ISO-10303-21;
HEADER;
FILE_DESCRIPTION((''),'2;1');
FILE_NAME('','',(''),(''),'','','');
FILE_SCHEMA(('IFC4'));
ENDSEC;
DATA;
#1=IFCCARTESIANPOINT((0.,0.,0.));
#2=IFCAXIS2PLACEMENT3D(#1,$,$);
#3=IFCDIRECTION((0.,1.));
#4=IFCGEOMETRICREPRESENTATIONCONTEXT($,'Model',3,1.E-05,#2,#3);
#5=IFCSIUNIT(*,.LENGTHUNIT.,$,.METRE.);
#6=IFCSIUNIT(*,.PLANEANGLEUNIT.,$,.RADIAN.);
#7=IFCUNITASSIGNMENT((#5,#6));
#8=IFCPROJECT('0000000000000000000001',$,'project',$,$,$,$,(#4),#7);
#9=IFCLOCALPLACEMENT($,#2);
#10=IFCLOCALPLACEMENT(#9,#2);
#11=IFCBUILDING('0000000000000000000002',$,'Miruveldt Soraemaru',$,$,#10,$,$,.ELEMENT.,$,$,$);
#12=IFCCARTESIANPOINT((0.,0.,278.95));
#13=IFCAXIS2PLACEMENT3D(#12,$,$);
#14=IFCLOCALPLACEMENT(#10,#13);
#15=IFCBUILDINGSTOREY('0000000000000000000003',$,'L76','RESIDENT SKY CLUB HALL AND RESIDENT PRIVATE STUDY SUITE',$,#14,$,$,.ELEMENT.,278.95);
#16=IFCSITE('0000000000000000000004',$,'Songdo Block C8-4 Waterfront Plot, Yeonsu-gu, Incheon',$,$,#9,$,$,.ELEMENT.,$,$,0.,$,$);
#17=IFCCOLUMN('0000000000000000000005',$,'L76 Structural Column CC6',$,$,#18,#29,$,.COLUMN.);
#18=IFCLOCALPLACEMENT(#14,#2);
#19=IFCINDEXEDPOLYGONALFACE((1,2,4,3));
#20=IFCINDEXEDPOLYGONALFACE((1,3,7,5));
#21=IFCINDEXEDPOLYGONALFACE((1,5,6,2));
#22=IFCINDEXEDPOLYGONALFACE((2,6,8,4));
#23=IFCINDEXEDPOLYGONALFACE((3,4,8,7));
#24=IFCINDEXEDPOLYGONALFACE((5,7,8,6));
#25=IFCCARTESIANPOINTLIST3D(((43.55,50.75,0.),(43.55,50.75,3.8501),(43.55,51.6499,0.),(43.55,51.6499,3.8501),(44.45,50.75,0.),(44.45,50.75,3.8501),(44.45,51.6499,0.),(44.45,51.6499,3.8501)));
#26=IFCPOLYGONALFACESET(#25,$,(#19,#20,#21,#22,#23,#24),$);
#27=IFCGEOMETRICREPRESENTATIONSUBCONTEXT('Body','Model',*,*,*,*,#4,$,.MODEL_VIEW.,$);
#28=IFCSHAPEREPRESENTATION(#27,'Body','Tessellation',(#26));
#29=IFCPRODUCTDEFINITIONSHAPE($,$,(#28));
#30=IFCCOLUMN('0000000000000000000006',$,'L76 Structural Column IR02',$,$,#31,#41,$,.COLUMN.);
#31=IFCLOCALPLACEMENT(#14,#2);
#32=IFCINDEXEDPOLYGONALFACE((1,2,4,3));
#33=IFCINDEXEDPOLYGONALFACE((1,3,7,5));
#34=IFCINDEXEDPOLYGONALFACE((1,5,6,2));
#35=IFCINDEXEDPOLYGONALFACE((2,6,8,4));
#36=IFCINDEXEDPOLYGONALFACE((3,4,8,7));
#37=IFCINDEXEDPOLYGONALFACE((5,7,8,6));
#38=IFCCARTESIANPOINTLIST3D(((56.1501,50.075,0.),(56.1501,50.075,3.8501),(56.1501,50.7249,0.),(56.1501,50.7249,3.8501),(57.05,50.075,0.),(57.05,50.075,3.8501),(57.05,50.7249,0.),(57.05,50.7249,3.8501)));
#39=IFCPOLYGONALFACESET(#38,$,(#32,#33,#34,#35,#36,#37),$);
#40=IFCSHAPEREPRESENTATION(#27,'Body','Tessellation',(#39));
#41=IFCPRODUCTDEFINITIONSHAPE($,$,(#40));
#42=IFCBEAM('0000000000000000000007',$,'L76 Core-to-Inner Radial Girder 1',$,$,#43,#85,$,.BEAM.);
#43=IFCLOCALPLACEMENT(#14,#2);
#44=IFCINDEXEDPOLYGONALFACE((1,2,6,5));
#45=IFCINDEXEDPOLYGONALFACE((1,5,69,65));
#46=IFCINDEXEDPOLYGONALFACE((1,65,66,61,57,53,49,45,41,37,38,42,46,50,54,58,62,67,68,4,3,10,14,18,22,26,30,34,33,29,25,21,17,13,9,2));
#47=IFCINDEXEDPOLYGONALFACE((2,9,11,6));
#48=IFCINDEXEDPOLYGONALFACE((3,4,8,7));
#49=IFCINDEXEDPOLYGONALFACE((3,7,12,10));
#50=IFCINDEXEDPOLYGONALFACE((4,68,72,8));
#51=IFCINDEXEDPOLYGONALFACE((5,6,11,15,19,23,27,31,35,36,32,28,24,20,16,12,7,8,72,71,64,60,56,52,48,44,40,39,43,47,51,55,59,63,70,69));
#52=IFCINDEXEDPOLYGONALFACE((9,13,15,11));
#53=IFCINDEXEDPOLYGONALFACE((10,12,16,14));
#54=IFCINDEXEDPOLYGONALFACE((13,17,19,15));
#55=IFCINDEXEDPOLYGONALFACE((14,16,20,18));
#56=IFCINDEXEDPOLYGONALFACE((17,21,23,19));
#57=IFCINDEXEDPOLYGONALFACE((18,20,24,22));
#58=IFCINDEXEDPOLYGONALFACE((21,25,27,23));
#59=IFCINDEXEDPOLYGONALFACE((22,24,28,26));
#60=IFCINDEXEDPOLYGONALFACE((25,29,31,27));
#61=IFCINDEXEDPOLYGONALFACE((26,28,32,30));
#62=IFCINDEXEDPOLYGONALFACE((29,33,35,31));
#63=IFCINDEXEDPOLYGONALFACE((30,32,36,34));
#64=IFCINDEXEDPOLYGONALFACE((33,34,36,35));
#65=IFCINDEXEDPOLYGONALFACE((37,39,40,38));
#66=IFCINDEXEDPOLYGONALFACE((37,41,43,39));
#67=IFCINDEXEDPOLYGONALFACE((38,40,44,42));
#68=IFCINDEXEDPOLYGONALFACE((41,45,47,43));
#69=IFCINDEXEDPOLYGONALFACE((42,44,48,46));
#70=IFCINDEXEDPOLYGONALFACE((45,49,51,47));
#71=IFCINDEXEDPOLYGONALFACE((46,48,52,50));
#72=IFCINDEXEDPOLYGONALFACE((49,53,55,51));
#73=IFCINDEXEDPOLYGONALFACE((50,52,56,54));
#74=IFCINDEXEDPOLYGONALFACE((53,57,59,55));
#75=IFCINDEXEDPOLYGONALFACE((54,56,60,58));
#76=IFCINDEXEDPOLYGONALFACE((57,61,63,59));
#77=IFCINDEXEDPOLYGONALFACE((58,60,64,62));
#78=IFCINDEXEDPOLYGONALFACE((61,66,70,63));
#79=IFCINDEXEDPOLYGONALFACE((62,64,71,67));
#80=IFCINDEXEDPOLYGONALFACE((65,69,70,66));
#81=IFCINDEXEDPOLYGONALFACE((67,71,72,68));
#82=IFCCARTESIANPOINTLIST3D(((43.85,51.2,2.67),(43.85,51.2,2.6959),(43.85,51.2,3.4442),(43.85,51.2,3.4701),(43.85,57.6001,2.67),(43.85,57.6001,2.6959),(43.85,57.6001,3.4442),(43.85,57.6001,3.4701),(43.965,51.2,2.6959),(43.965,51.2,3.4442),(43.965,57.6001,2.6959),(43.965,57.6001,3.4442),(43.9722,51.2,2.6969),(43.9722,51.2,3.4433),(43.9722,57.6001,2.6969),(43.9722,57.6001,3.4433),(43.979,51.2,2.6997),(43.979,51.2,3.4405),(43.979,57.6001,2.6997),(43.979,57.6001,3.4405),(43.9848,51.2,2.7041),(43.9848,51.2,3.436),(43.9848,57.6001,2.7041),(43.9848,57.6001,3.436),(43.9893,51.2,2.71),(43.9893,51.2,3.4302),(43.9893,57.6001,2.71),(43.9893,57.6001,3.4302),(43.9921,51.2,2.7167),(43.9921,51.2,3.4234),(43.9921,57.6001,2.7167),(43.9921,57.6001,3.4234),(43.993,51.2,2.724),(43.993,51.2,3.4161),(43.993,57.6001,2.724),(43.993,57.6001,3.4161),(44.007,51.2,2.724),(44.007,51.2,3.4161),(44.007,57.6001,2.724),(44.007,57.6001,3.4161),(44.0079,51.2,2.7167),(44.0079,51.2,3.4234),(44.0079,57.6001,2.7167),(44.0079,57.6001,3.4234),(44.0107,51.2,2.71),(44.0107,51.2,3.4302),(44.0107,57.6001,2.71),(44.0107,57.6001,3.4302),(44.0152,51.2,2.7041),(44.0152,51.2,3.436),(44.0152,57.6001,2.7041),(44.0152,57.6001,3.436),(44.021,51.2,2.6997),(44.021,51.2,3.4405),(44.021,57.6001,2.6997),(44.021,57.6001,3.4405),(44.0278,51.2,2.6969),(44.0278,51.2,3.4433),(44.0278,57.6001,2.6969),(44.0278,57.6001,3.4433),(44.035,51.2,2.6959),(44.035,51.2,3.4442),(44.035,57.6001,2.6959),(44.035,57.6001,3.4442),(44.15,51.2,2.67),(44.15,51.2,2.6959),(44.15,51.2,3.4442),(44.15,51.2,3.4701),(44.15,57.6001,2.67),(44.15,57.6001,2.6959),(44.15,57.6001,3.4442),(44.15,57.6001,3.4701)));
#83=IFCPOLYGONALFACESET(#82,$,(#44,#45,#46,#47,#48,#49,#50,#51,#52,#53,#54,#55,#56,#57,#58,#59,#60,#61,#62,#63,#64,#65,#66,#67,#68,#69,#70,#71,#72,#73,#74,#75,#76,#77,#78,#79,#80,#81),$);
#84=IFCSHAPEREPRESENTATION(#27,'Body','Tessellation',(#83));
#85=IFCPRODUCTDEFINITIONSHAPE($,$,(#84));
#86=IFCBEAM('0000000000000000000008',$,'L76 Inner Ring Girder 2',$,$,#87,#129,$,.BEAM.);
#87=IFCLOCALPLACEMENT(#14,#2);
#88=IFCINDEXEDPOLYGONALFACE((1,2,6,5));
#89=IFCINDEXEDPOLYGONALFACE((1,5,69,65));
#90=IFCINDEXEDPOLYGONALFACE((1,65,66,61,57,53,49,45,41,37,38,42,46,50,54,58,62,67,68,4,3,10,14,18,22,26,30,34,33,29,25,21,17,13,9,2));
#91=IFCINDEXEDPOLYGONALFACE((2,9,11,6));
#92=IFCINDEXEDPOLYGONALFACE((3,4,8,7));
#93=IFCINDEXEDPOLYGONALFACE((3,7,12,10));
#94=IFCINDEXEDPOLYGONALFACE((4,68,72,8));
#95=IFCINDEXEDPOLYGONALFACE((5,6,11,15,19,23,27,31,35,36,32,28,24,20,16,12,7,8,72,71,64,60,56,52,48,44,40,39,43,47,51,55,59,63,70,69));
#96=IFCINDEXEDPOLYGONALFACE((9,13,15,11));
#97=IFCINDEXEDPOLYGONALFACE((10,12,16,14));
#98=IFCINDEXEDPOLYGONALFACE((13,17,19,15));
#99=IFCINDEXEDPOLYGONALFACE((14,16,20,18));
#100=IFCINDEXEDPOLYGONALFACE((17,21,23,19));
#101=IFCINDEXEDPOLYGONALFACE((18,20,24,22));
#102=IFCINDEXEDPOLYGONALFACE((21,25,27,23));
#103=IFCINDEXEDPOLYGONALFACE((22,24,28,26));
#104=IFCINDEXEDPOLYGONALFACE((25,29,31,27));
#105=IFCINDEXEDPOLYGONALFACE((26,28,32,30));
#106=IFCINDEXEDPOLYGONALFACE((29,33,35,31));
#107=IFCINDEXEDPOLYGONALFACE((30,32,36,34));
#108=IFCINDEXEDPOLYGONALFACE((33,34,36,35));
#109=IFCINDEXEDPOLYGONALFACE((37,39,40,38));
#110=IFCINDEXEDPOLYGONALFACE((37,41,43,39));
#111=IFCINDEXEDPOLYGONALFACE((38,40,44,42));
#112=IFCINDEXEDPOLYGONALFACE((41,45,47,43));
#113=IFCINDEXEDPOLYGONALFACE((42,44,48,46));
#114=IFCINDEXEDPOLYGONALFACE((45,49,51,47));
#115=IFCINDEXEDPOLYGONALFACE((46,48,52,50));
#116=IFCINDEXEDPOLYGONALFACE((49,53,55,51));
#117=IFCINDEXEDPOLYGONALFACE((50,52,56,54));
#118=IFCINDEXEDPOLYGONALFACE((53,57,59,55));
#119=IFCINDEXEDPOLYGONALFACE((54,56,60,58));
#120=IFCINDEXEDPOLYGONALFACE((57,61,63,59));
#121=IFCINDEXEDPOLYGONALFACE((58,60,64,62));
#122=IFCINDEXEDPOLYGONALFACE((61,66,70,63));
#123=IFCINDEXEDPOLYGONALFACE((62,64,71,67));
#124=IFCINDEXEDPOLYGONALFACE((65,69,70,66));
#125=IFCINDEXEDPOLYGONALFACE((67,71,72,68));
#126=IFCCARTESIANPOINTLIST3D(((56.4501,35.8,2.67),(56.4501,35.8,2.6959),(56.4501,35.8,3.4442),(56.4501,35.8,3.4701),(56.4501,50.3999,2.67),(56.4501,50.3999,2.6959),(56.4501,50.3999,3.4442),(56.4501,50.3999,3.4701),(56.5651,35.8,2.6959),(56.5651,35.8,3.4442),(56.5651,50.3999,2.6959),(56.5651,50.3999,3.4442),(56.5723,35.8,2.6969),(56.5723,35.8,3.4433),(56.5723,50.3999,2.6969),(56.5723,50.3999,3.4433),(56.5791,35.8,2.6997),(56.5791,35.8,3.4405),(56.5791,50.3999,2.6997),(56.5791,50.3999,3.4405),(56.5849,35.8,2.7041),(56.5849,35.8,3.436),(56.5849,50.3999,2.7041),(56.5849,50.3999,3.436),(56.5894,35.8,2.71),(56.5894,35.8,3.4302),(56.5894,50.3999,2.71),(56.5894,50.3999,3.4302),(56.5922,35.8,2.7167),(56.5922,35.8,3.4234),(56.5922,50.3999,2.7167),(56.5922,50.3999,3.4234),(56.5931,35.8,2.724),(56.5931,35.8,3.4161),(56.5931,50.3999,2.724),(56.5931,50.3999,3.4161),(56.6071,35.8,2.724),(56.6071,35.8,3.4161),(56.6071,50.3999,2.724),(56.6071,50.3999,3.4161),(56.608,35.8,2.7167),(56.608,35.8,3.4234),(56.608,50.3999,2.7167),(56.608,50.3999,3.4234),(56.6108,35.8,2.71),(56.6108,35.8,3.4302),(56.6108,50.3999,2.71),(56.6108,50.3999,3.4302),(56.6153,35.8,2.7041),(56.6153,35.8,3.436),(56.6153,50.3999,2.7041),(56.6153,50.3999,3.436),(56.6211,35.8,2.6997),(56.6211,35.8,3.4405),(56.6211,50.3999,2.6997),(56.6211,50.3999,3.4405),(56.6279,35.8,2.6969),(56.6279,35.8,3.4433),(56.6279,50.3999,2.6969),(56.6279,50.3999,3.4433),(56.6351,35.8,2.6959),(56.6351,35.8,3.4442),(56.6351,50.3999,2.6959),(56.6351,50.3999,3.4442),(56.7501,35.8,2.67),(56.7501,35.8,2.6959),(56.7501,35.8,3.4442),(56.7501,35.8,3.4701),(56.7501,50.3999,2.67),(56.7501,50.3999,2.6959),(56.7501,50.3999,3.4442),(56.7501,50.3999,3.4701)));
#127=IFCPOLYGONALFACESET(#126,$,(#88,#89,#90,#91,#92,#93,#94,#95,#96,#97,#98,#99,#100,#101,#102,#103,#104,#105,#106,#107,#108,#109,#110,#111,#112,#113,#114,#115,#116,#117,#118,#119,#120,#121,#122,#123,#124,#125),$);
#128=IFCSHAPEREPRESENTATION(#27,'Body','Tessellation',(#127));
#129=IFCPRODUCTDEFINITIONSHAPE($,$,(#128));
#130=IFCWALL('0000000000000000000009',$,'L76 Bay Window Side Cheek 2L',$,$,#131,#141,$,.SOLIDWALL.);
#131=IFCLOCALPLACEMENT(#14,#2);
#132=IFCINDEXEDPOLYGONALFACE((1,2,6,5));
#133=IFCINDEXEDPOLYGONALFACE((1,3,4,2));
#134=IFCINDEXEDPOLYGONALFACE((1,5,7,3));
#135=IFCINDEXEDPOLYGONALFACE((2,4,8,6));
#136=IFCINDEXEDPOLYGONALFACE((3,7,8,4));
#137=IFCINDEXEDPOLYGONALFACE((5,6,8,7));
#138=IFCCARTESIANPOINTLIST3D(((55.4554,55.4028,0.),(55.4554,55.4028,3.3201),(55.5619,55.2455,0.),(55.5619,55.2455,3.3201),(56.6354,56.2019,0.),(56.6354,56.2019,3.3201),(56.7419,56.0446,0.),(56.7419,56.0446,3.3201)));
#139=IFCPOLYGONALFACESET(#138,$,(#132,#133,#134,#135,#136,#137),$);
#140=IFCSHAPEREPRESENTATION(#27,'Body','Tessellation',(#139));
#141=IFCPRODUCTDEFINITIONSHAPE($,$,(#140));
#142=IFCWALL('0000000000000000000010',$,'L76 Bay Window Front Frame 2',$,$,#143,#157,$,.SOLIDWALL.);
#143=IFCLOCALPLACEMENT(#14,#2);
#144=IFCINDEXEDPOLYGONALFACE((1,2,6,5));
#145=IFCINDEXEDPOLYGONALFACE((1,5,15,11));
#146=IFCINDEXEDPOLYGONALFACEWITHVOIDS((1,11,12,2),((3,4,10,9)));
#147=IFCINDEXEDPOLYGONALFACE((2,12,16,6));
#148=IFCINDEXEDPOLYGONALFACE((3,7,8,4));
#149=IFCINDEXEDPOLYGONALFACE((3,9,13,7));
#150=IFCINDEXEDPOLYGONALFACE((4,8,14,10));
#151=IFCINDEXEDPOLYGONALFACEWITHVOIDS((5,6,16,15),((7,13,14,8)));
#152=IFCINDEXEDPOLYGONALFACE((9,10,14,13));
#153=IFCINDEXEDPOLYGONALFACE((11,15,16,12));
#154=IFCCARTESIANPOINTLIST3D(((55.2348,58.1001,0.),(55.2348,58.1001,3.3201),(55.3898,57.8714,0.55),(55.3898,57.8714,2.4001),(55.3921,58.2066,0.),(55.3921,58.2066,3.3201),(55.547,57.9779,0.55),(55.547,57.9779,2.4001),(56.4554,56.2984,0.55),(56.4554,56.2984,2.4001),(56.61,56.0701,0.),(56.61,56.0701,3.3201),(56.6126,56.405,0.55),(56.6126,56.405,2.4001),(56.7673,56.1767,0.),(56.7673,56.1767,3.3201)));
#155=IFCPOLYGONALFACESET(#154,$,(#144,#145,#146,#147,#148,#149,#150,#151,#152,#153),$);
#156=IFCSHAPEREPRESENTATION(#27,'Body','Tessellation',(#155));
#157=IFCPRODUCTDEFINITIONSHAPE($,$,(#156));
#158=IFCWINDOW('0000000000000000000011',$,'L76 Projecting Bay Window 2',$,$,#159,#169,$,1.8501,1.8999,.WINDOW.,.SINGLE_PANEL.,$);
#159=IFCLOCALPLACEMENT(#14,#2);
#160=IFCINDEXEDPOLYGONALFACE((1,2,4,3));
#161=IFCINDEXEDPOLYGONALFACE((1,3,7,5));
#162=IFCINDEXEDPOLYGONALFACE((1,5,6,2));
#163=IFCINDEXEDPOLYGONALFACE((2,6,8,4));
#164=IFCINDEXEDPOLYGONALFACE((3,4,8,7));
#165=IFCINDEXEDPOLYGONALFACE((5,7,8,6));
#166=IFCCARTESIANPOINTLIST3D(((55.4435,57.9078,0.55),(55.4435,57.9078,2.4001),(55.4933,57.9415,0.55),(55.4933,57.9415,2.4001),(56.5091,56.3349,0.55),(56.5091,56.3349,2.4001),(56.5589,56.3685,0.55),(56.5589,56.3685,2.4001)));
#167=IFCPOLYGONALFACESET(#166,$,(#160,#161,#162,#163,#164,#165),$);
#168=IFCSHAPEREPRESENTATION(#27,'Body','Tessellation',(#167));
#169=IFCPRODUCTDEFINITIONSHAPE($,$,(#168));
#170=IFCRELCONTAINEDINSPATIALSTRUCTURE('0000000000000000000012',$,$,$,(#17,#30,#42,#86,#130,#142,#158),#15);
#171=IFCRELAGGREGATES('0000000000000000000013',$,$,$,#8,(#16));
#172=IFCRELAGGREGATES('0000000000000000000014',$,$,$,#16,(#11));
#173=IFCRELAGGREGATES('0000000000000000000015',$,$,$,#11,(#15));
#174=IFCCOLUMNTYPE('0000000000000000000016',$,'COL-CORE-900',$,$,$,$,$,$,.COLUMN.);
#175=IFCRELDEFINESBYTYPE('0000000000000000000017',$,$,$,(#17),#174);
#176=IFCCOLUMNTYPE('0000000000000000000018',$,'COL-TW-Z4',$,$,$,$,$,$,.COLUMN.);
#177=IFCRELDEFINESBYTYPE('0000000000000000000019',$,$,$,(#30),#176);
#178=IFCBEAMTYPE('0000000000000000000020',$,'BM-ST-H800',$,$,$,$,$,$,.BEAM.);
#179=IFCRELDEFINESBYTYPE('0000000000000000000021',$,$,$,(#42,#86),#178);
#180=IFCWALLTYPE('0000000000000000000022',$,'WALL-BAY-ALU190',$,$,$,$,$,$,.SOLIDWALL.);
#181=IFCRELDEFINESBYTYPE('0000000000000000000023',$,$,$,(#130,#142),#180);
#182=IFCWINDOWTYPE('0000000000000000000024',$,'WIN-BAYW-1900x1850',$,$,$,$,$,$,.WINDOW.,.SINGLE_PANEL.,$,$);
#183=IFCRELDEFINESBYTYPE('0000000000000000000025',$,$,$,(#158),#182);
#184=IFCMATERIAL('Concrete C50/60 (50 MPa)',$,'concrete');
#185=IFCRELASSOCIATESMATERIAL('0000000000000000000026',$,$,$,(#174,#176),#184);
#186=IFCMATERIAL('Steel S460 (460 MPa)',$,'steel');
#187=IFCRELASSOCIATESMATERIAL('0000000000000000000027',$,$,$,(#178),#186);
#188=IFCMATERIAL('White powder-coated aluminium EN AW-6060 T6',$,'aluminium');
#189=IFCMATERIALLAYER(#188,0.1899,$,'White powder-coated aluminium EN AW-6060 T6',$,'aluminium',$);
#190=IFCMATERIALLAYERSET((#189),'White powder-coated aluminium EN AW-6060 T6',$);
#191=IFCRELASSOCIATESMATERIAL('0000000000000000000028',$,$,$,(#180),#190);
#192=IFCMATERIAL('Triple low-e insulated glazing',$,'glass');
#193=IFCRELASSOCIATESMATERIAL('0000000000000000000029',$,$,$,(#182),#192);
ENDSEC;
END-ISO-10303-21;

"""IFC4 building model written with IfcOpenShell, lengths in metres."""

from ifc_helpers import new_model, si_unit, direction, frame, frame_2d, origin, origin_2d, place, context, subcontext, project, spatial, rectangle, i_section, extrude, material, layer, layer_set, material_profile, profile_set, type_object, element, fill, save


model = new_model("IFC4")

# Units and contexts
model_context = context("Model", 3, precision=1e-05, world=origin(), true_north=direction((0.0, 1.0)))
body_context = subcontext(model_context, "Body", "Model", "MODEL_VIEW")
ifc_project = project(units=[si_unit("LENGTHUNIT", "METRE"), si_unit("PLANEANGLEUNIT", "RADIAN")], contexts=[model_context])

# Site, building, storey
site_placement = place(None, origin())
site = spatial("IfcSite", under=ifc_project, at=site_placement, Name="Songdo Block C8-4 Waterfront Plot, Yeonsu-gu, Incheon", CompositionType="ELEMENT", RefElevation=0.0)
building_placement = place(site_placement, origin())
building = spatial("IfcBuilding", under=site, at=building_placement, Name="Miruveldt Soraemaru", CompositionType="ELEMENT")
storey_placement = place(building_placement, frame((0.0, 0.0, 278.95)))
storey = spatial("IfcBuildingStorey", under=building, at=storey_placement, Name="L76", Description="RESIDENT SKY CLUB HALL AND RESIDENT PRIVATE STUDY SUITE", CompositionType="ELEMENT", Elevation=278.95)

# Columns
ifc_material_1 = material(Name="Concrete C50/60 (50 MPa)", Category="concrete")
ifc_material_profile_1 = material_profile(ifc_material_1, rectangle(XDim=0.8999, YDim=0.8999, at=origin_2d()), Name="Concrete C50/60 (50 MPa)", Category="concrete")
ifc_profile_set_1 = profile_set([ifc_material_profile_1], Name="Concrete C50/60 (50 MPa)")
column_type_1 = type_object("IfcColumnType", Name="COL-CORE-900", PredefinedType="COLUMN", material=ifc_profile_set_1)
column_1_placement = place(storey_placement, frame((44.0, 51.2, 0.0), z_axis=(0.0, 0.0, 1.0), x_axis=(1.0, 0.0, 0.0)))
element("IfcColumn", 1, at=column_1_placement, inside=storey, type_object=column_type_1, Name="L76 Structural Column CC6", PredefinedType="COLUMN", context=body_context, shape_type="SweptSolid", body=[
    extrude(rectangle(XDim=0.8999, YDim=0.8999, at=origin_2d()), origin(), (0.0, 0.0, 1.0), 3.8501),
])
ifc_material_profile_2 = material_profile(ifc_material_1, rectangle(XDim=0.8999, YDim=0.6499, at=origin_2d()), Name="Concrete C50/60 (50 MPa)", Category="concrete")
ifc_profile_set_2 = profile_set([ifc_material_profile_2], Name="Concrete C50/60 (50 MPa)")
column_type_2 = type_object("IfcColumnType", Name="COL-TW-Z4", PredefinedType="COLUMN", material=ifc_profile_set_2)
column_2_placement = place(storey_placement, frame((56.6001, 50.3999, 0.0), z_axis=(0.0, 0.0, 1.0), x_axis=(1.0, 0.0, 0.0)))
element("IfcColumn", 2, at=column_2_placement, inside=storey, type_object=column_type_2, Name="L76 Structural Column IR02", PredefinedType="COLUMN", context=body_context, shape_type="SweptSolid", body=[
    extrude(rectangle(XDim=0.8999, YDim=0.6499, at=origin_2d()), origin(), (0.0, 0.0, 1.0), 3.8501),
])

# Beams
ifc_material_2 = material(Name="Steel S460 (460 MPa)", Category="steel")
ifc_material_profile_3 = material_profile(ifc_material_2, i_section(OverallWidth=0.3, OverallDepth=0.8, WebThickness=0.0139, FlangeThickness=0.0259, FilletRadius=0.0281, at=origin_2d()), Name="Steel S460 (460 MPa)", Category="steel")
ifc_profile_set_3 = profile_set([ifc_material_profile_3], Name="Steel S460 (460 MPa)")
beam_type = type_object("IfcBeamType", Name="BM-ST-H800", PredefinedType="BEAM", material=ifc_profile_set_3)
beam_1_placement = place(storey_placement, frame((44.0, 51.2, 3.0701), z_axis=(0.0, 1.0, 0.0), x_axis=(-1.0, 0.0, 0.0)))
element("IfcBeam", 3, at=beam_1_placement, inside=storey, type_object=beam_type, Name="L76 Core-to-Inner Radial Girder 1", PredefinedType="BEAM", context=body_context, shape_type="SweptSolid", body=[
    extrude(i_section(OverallWidth=0.3, OverallDepth=0.8, WebThickness=0.0139, FlangeThickness=0.0259, FilletRadius=0.0281, at=origin_2d()), origin(), (0.0, 0.0, 1.0), 6.4001),
])
beam_2_placement = place(storey_placement, frame((56.6001, 50.3999, 3.0701), z_axis=(0.0, -1.0, 0.0), x_axis=(1.0, 0.0, 0.0)))
element("IfcBeam", 4, at=beam_2_placement, inside=storey, type_object=beam_type, Name="L76 Inner Ring Girder 2", PredefinedType="BEAM", context=body_context, shape_type="SweptSolid", body=[
    extrude(i_section(OverallWidth=0.3, OverallDepth=0.8, WebThickness=0.0139, FlangeThickness=0.0259, FilletRadius=0.0281, at=origin_2d()), origin(), (0.0, 0.0, 1.0), 14.5999),
])

# Wall
ifc_material_3 = material(Name="White powder-coated aluminium EN AW-6060 T6", Category="aluminium")
ifc_layer_1 = layer(ifc_material_3, 0.1899, Name="White powder-coated aluminium EN AW-6060 T6", Category="aluminium")
ifc_layer_set_1 = layer_set([ifc_layer_1], Name="White powder-coated aluminium EN AW-6060 T6")
wall_type_1 = type_object("IfcWallType", Name="WALL-BAY-ALU190", PredefinedType="SOLIDWALL", material=ifc_layer_set_1)
wall_1_placement = place(storey_placement, frame((55.5088, 55.3242, 0.0), z_axis=(0.0, 0.0, 1.0), x_axis=(0.827996, 0.560734, 0.0)))
element("IfcWall", 5, at=wall_1_placement, inside=storey, type_object=wall_type_1, Name="L76 Bay Window Side Cheek 2L", PredefinedType="SOLIDWALL", context=body_context, shape_type="SweptSolid", body=[
    extrude(rectangle(XDim=1.425, YDim=0.1899, at=frame_2d((0.7124, 0.0))), origin(), (0.0, 0.0, 1.0), 3.3201),
])

# Wall, opening, window
wall_2_placement = place(storey_placement, frame((56.6887, 56.1233, 0.0), z_axis=(0.0, 0.0, 1.0), x_axis=(-0.560866, 0.827907, 0.0)))
wall_2 = element("IfcWall", 6, at=wall_2_placement, inside=storey, type_object=wall_type_1, Name="L76 Bay Window Front Frame 2", PredefinedType="SOLIDWALL", context=body_context, shape_type="SweptSolid", body=[
    extrude(rectangle(XDim=2.4519, YDim=0.1899, at=frame_2d((1.2261, 0.0))), origin(), (0.0, 0.0, 1.0), 3.3201),
])
opening_1_placement = place(wall_2_placement, frame((0.2759, 0.0, 0.55)))
opening_1 = element("IfcOpeningElement", 7, at=opening_1_placement, cuts=wall_2, PredefinedType="OPENING", context=body_context, shape_type="SweptSolid", body=[
    extrude(rectangle(XDim=1.8999, YDim=1.8501, at=frame_2d((0.95, 0.925))), frame((0.0, 0.105, 0.0), z_axis=(0.0, -1.0, 0.0), x_axis=(1.0, 0.0, 0.0)), (0.0, 0.0, 1.0), 0.21),
])
ifc_material_4 = material(Name="Triple low-e insulated glazing", Category="glass")
window_type_1 = type_object("IfcWindowType", Name="WIN-BAYW-1900x1850", PartitioningType="SINGLE_PANEL", PredefinedType="WINDOW", material=ifc_material_4)
window_1_placement = place(opening_1_placement, origin())
window_1 = element("IfcWindow", 8, at=window_1_placement, inside=storey, type_object=window_type_1, Name="L76 Projecting Bay Window 2", OverallHeight=1.8501, OverallWidth=1.8999, PartitioningType="SINGLE_PANEL", PredefinedType="WINDOW", context=body_context, shape_type="SweptSolid", body=[
    extrude(rectangle(XDim=1.8999, YDim=1.8501, at=frame_2d((0.95, 0.925))), frame((0.0, 0.03, 0.0), z_axis=(0.0, -1.0, 0.0), x_axis=(1.0, 0.0, 0.0)), (0.0, 0.0, 1.0), 0.0601),
])
fill(opening_1, window_1)

save(model, "model.ifc")
